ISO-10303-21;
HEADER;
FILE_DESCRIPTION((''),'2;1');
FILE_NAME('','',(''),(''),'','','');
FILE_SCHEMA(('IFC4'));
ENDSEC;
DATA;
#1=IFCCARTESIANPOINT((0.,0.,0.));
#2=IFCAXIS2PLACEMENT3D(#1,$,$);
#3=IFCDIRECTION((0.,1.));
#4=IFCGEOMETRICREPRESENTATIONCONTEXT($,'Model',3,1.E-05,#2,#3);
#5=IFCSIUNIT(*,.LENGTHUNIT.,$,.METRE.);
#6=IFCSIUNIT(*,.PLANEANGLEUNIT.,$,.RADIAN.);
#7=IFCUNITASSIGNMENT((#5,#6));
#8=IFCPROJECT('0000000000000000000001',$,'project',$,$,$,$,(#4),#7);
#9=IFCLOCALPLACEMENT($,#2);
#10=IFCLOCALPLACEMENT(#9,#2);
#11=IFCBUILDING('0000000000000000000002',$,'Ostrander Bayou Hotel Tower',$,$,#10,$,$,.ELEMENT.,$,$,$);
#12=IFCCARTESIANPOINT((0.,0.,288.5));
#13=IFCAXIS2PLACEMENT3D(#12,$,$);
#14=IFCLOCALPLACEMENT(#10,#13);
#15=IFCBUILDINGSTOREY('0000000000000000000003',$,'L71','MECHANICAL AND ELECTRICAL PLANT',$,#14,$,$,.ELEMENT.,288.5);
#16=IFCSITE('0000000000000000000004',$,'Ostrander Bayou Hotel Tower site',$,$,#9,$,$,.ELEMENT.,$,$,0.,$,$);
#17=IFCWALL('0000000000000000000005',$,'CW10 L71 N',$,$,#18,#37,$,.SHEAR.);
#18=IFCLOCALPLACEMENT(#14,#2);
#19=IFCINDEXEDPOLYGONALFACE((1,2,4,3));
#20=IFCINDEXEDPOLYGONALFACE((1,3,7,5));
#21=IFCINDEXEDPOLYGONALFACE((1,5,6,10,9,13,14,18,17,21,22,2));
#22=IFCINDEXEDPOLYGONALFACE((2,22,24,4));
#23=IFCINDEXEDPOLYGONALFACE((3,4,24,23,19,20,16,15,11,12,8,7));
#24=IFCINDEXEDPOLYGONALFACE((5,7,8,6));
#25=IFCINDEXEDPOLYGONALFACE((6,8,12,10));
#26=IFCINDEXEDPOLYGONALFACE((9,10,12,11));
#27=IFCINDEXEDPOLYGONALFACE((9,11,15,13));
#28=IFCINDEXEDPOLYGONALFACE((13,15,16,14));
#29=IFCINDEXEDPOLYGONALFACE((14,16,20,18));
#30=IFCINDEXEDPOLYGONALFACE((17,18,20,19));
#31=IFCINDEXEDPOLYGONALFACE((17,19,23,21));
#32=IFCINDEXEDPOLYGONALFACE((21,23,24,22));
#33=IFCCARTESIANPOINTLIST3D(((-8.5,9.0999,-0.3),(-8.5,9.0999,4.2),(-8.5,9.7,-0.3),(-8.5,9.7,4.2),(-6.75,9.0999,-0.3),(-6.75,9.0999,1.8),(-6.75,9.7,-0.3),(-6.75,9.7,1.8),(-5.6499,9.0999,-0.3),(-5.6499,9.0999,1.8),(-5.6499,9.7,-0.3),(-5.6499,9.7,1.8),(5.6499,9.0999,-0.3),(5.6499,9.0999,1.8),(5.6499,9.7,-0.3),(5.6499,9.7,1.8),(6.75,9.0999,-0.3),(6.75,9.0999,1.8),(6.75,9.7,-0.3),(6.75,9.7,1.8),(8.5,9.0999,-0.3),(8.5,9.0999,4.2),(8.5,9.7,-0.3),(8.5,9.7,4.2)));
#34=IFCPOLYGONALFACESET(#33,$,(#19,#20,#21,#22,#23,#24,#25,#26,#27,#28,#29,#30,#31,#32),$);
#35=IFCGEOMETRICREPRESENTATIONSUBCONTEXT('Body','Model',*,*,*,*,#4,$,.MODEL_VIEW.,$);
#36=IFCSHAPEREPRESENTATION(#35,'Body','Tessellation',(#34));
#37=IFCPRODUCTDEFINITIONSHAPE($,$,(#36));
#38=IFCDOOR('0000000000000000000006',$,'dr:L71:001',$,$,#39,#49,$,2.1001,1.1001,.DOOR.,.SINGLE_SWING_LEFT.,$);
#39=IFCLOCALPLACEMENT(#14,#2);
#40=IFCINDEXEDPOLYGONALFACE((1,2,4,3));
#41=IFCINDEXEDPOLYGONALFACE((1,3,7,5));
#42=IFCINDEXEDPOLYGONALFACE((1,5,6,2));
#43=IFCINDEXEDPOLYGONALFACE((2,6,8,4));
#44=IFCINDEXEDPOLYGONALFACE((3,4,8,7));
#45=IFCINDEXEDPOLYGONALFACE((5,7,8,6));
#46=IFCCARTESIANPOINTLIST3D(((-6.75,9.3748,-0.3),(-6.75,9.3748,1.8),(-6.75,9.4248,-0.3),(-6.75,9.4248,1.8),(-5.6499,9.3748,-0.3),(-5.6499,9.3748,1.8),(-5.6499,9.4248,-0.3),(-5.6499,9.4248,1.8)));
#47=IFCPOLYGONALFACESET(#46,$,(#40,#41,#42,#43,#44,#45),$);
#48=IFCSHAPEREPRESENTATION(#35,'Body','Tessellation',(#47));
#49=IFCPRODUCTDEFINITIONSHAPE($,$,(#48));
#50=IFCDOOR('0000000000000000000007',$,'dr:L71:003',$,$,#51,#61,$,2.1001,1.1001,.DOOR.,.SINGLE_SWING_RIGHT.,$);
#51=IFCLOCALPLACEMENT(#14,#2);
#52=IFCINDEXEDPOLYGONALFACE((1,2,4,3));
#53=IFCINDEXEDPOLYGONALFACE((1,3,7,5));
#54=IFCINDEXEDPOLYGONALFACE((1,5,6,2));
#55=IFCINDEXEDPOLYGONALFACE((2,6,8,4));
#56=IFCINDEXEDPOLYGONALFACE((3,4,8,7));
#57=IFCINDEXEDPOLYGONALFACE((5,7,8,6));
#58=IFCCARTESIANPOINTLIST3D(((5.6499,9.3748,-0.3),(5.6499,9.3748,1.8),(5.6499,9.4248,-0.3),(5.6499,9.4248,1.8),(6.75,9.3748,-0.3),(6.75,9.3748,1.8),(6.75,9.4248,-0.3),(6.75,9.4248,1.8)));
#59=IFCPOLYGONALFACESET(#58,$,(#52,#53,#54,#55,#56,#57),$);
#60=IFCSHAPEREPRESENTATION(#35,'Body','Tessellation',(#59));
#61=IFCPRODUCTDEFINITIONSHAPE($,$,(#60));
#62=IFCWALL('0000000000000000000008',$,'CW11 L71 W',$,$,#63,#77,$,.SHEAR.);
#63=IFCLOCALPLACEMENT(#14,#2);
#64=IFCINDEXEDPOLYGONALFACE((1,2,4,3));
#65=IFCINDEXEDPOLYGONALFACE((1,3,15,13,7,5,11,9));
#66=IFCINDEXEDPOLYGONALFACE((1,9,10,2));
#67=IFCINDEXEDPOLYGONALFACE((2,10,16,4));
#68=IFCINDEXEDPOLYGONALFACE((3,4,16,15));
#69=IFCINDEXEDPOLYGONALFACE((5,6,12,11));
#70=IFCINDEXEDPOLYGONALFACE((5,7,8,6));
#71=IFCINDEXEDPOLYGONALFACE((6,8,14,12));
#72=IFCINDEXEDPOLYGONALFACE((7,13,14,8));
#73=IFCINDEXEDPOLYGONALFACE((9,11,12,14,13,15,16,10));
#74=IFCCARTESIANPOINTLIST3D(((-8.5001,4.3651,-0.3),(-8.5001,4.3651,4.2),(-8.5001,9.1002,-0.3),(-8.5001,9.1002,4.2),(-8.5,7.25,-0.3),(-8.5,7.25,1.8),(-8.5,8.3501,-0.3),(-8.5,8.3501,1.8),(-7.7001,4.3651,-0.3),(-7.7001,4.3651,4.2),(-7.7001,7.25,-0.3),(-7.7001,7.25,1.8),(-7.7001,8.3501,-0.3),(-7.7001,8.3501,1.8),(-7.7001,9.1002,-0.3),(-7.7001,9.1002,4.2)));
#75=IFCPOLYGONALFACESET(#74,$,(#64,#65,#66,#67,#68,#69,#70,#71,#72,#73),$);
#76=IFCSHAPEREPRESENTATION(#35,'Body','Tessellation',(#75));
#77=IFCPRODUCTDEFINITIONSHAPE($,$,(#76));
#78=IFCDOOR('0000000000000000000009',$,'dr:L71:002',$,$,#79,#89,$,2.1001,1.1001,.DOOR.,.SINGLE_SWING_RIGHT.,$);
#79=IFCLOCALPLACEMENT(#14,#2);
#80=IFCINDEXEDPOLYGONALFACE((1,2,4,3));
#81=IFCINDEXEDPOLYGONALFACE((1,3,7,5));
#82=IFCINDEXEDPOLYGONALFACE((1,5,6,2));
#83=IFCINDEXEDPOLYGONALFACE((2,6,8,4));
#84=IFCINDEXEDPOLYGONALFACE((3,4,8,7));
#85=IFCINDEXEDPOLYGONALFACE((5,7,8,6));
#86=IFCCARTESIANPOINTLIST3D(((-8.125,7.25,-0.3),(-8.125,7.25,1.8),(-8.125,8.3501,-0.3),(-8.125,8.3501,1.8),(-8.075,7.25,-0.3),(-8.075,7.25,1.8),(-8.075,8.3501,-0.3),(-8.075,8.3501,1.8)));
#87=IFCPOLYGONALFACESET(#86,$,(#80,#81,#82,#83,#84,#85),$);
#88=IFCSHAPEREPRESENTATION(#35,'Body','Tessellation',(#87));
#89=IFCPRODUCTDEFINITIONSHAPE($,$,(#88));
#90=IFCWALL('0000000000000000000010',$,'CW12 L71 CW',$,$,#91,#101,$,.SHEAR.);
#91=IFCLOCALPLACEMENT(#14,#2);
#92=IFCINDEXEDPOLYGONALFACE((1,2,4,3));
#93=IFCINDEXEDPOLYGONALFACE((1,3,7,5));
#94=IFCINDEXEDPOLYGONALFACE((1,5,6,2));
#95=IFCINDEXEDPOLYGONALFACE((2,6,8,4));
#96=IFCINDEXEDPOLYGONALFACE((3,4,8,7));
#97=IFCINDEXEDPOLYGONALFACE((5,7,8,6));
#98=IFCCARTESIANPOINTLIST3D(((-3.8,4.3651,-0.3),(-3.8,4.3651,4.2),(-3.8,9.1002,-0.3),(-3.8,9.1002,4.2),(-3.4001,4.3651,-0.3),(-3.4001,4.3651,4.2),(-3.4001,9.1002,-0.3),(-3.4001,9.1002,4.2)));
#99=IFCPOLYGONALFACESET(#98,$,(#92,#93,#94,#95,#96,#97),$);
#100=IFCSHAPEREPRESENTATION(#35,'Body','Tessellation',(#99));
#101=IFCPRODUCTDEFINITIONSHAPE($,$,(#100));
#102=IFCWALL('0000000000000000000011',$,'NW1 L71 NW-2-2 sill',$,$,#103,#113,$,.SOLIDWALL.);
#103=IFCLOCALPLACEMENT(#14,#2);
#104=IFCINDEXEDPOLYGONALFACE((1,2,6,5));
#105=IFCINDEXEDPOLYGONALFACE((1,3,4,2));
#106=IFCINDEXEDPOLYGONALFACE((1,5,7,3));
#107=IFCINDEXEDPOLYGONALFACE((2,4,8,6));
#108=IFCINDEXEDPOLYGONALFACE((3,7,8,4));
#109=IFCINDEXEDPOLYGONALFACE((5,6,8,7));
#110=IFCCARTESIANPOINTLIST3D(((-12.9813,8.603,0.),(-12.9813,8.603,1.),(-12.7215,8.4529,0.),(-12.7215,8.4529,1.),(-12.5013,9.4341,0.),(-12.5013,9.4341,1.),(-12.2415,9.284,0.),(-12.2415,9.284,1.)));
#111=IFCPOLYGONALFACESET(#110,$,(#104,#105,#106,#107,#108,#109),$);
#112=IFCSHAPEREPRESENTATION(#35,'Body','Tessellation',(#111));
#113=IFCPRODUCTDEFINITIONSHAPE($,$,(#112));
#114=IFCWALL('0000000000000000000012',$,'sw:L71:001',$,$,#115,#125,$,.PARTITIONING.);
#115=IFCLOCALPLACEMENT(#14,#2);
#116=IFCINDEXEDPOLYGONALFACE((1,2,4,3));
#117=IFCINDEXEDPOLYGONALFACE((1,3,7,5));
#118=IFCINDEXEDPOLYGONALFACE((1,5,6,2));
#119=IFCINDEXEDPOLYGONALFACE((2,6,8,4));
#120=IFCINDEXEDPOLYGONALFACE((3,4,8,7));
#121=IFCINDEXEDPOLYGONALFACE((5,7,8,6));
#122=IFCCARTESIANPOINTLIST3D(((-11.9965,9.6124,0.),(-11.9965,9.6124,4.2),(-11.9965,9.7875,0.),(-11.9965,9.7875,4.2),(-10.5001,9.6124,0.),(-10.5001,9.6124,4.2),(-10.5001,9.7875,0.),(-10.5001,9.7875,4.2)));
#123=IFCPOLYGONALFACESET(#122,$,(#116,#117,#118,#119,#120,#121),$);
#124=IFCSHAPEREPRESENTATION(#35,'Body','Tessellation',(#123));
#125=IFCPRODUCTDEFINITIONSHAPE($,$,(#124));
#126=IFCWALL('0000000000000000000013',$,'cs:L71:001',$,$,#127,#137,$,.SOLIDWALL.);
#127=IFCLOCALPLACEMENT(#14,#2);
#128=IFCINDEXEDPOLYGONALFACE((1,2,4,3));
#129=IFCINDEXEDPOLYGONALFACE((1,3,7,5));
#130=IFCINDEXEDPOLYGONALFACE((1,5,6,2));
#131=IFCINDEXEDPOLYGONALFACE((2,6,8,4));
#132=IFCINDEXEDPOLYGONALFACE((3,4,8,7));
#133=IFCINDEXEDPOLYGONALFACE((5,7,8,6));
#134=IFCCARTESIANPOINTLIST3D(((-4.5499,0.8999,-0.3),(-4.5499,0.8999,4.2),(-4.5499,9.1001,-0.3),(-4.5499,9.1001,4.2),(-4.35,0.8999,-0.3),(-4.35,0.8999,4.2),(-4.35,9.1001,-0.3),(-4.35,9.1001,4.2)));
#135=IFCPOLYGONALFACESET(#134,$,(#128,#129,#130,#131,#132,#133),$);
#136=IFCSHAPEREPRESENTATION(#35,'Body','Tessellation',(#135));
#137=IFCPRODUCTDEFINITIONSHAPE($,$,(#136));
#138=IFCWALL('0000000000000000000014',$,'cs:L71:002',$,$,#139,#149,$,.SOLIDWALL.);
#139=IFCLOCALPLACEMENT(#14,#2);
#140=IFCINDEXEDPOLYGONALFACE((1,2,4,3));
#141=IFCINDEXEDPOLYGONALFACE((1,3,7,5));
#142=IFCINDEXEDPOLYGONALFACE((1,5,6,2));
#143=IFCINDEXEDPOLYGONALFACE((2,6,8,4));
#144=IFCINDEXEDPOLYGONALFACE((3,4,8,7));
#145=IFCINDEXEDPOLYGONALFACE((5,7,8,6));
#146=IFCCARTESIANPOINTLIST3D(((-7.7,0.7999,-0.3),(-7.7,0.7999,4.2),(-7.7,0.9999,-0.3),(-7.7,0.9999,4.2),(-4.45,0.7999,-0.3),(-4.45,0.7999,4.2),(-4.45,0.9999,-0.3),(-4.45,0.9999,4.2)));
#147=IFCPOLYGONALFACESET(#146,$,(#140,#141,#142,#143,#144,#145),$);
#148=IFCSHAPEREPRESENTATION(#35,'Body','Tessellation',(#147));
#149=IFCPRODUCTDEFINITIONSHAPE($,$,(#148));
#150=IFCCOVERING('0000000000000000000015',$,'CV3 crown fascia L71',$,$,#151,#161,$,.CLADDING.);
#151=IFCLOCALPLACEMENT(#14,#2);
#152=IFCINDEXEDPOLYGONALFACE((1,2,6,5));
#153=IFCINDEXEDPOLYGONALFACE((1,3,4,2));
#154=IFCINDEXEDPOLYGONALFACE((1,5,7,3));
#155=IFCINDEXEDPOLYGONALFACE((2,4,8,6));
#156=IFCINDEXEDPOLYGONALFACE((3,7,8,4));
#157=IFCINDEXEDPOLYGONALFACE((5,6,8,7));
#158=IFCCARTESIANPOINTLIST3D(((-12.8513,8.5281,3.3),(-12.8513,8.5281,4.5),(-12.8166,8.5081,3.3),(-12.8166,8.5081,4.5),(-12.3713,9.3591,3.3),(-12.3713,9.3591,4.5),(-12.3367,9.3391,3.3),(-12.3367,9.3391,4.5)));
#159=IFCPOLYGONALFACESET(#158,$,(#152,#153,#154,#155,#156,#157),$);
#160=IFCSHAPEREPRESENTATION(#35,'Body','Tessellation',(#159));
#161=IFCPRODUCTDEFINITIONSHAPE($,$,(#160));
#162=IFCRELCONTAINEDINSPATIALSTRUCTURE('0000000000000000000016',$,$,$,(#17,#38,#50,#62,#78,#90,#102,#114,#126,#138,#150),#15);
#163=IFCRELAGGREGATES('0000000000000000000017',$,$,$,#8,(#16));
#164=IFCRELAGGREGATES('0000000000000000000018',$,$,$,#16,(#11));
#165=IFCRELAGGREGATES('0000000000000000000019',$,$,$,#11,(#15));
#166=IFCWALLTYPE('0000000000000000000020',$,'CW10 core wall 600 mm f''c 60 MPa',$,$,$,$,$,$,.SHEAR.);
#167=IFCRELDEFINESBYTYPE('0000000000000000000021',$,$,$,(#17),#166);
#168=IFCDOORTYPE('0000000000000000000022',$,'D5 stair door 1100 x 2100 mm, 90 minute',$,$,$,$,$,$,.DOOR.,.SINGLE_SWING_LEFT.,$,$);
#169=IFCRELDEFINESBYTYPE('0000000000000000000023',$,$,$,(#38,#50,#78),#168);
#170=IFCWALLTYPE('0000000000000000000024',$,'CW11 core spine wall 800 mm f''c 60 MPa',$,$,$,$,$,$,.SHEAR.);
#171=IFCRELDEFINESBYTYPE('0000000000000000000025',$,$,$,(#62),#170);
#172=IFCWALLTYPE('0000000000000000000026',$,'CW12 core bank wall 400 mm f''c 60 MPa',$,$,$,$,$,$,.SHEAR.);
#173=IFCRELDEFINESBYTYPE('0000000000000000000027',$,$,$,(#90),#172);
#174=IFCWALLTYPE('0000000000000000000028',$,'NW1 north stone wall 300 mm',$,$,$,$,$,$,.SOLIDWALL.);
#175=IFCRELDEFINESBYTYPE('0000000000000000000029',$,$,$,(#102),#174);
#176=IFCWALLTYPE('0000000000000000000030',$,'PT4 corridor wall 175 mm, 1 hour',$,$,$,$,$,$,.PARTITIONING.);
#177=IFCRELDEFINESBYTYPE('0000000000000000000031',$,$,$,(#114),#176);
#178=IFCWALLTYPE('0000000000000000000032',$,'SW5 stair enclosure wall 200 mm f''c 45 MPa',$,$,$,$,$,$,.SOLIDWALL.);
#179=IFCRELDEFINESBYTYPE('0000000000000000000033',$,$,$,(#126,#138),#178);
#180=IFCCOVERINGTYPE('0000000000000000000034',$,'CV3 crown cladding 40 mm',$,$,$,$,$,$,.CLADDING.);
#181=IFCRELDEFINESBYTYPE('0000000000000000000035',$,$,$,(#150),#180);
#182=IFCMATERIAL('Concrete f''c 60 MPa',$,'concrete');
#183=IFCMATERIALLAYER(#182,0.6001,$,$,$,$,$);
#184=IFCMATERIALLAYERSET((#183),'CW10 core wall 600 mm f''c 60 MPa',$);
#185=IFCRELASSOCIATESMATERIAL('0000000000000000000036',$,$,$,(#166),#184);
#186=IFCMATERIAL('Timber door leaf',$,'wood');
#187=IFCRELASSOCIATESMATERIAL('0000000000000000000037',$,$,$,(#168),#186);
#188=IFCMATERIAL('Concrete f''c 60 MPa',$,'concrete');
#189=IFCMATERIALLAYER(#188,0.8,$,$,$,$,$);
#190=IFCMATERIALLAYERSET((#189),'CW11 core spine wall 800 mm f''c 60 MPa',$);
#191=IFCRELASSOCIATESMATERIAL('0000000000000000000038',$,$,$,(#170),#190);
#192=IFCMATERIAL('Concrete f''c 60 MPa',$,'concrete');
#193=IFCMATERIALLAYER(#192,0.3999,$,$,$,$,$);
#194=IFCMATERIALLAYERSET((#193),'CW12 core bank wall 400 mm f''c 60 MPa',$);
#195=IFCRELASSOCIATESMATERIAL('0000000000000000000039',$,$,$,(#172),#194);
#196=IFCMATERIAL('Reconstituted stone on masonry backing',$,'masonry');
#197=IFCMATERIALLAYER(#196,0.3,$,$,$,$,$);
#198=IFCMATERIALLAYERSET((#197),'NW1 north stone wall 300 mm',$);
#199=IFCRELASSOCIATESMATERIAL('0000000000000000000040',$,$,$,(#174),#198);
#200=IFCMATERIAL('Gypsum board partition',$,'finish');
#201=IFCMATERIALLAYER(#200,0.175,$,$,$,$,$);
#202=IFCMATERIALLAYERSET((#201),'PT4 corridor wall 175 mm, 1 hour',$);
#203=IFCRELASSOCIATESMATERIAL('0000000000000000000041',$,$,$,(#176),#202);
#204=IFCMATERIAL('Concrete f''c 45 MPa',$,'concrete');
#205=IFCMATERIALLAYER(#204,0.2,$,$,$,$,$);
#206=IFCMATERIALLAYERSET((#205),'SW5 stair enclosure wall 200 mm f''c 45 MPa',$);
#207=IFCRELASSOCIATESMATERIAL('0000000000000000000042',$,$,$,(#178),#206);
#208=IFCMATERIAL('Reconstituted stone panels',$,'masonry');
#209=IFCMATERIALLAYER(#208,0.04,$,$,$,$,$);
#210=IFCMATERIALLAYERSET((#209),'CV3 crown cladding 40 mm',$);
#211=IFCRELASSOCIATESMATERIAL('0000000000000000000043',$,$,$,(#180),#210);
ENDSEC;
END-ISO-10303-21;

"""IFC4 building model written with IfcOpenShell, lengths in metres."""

from ifc_helpers import new_model, si_unit, direction, frame, frame_2d, origin, place, context, subcontext, project, spatial, polyline, rectangle, outline, extrude, material, layer, layer_set, type_object, element, fill, save


model = new_model("IFC4")

# Units and contexts
model_context = context("Model", 3, precision=1e-05, world=origin(), true_north=direction((0.0, 1.0)))
body_context = subcontext(model_context, "Body", "Model", "MODEL_VIEW")
ifc_project = project(units=[si_unit("LENGTHUNIT", "METRE"), si_unit("PLANEANGLEUNIT", "RADIAN")], contexts=[model_context])

# Site, building, storey
site_placement = place(None, origin())
site = spatial("IfcSite", under=ifc_project, at=site_placement, Name="Ostrander Bayou Hotel Tower site", CompositionType="ELEMENT", RefElevation=0.0)
building_placement = place(site_placement, origin())
building = spatial("IfcBuilding", under=site, at=building_placement, Name="Ostrander Bayou Hotel Tower", CompositionType="ELEMENT")
storey_placement = place(building_placement, frame((0.0, 0.0, 288.5)))
storey = spatial("IfcBuildingStorey", under=building, at=storey_placement, Name="L71", Description="MECHANICAL AND ELECTRICAL PLANT", CompositionType="ELEMENT", Elevation=288.5)

# Wall, openings, doors
ifc_material_1 = material(Name="Concrete f'c 60 MPa", Category="concrete")
ifc_layer_1 = layer(ifc_material_1, 0.6001)
ifc_layer_set_1 = layer_set([ifc_layer_1], Name="CW10 core wall 600 mm f'c 60 MPa")
wall_type_1 = type_object("IfcWallType", Name="CW10 core wall 600 mm f'c 60 MPa", PredefinedType="SHEAR", material=ifc_layer_set_1)
wall_1_placement = place(storey_placement, frame((-8.5, 9.3999, -0.3), z_axis=(0.0, 0.0, 1.0), x_axis=(1.0, 0.0, 0.0)))
wall_1 = element("IfcWall", 1, at=wall_1_placement, inside=storey, type_object=wall_type_1, Name="CW10 L71 N", PredefinedType="SHEAR", context=body_context, shape_type="SweptSolid", body=[
    extrude(rectangle(XDim=17.0, YDim=0.6001, at=frame_2d((8.5, 0.0))), origin(), (0.0, 0.0, 1.0), 4.5),
])
opening_1_placement = place(wall_1_placement, frame((1.75, 0.0, 0.0)))
opening_1 = element("IfcOpeningElement", 2, at=opening_1_placement, cuts=wall_1, PredefinedType="OPENING", context=body_context, shape_type="SweptSolid", body=[
    extrude(rectangle(XDim=1.1001, YDim=2.1001, at=frame_2d((0.55, 1.05))), frame((0.0, 0.3, 0.0), z_axis=(0.0, -1.0, 0.0), x_axis=(1.0, 0.0, 0.0)), (0.0, 0.0, 1.0), 0.6001),
])
opening_2_placement = place(wall_1_placement, frame((14.1499, 0.0, 0.0)))
opening_2 = element("IfcOpeningElement", 3, at=opening_2_placement, cuts=wall_1, PredefinedType="OPENING", context=body_context, shape_type="SweptSolid", body=[
    extrude(rectangle(XDim=1.1001, YDim=2.1001, at=frame_2d((0.55, 1.05))), frame((0.0, 0.3, 0.0), z_axis=(0.0, -1.0, 0.0), x_axis=(1.0, 0.0, 0.0)), (0.0, 0.0, 1.0), 0.6001),
])
ifc_material_2 = material(Name="Timber door leaf", Category="wood")
door_type_1 = type_object("IfcDoorType", Name="D5 stair door 1100 x 2100 mm, 90 minute", OperationType="SINGLE_SWING_LEFT", PredefinedType="DOOR", material=ifc_material_2)
door_1_placement = place(opening_1_placement, origin())
door_1 = element("IfcDoor", 4, at=door_1_placement, inside=storey, type_object=door_type_1, Name="dr:L71:001", OperationType="SINGLE_SWING_LEFT", OverallHeight=2.1001, OverallWidth=1.1001, PredefinedType="DOOR", context=body_context, shape_type="SweptSolid", body=[
    extrude(rectangle(XDim=1.1001, YDim=2.1001, at=frame_2d((0.55, 1.05))), frame((0.0, 0.0249, 0.0), z_axis=(0.0, -1.0, 0.0), x_axis=(1.0, 0.0, 0.0)), (0.0, 0.0, 1.0), 0.05),
])
fill(opening_1, door_1)
door_2_placement = place(opening_2_placement, origin())
door_2 = element("IfcDoor", 5, at=door_2_placement, inside=storey, type_object=door_type_1, Name="dr:L71:003", OperationType="SINGLE_SWING_RIGHT", OverallHeight=2.1001, OverallWidth=1.1001, PredefinedType="DOOR", context=body_context, shape_type="SweptSolid", body=[
    extrude(rectangle(XDim=1.1001, YDim=2.1001, at=frame_2d((0.55, 1.05))), frame((0.0, 0.0249, 0.0), z_axis=(0.0, -1.0, 0.0), x_axis=(1.0, 0.0, 0.0)), (0.0, 0.0, 1.0), 0.05),
])
fill(opening_2, door_2)

# Wall, opening, door
ifc_material_3 = material(Name="Concrete f'c 60 MPa", Category="concrete")
ifc_layer_2 = layer(ifc_material_3, 0.8)
ifc_layer_set_2 = layer_set([ifc_layer_2], Name="CW11 core spine wall 800 mm f'c 60 MPa")
wall_type_2 = type_object("IfcWallType", Name="CW11 core spine wall 800 mm f'c 60 MPa", PredefinedType="SHEAR", material=ifc_layer_set_2)
wall_2_placement = place(storey_placement, frame((-8.1001, 4.365, -0.3), z_axis=(0.0, 0.0, 1.0), x_axis=(0.0, 1.0, 0.0)))
wall_2 = element("IfcWall", 6, at=wall_2_placement, inside=storey, type_object=wall_type_2, Name="CW11 L71 W", PredefinedType="SHEAR", context=body_context, shape_type="SweptSolid", body=[
    extrude(rectangle(XDim=4.7351, YDim=0.8, at=frame_2d((2.3677, 0.0))), origin(), (0.0, 0.0, 1.0), 4.5),
])
opening_3_placement = place(wall_2_placement, frame((2.885, 0.0, 0.0)))
opening_3 = element("IfcOpeningElement", 7, at=opening_3_placement, cuts=wall_2, PredefinedType="OPENING", context=body_context, shape_type="SweptSolid", body=[
    extrude(rectangle(XDim=1.1001, YDim=2.1001, at=frame_2d((0.55, 1.05))), frame((0.0, 0.3999, 0.0), z_axis=(0.0, -1.0, 0.0), x_axis=(1.0, 0.0, 0.0)), (0.0, 0.0, 1.0), 0.8),
])
door_3_placement = place(opening_3_placement, origin())
door_3 = element("IfcDoor", 8, at=door_3_placement, inside=storey, type_object=door_type_1, Name="dr:L71:002", OperationType="SINGLE_SWING_RIGHT", OverallHeight=2.1001, OverallWidth=1.1001, PredefinedType="DOOR", context=body_context, shape_type="SweptSolid", body=[
    extrude(rectangle(XDim=1.1001, YDim=2.1001, at=frame_2d((0.55, 1.05))), frame((0.0, 0.0249, 0.0), z_axis=(0.0, -1.0, 0.0), x_axis=(1.0, 0.0, 0.0)), (0.0, 0.0, 1.0), 0.05),
])
fill(opening_3, door_3)

# Walls
ifc_material_4 = material(Name="Concrete f'c 60 MPa", Category="concrete")
ifc_layer_3 = layer(ifc_material_4, 0.3999)
ifc_layer_set_3 = layer_set([ifc_layer_3], Name="CW12 core bank wall 400 mm f'c 60 MPa")
wall_type_3 = type_object("IfcWallType", Name="CW12 core bank wall 400 mm f'c 60 MPa", PredefinedType="SHEAR", material=ifc_layer_set_3)
wall_3_placement = place(storey_placement, frame((-3.6001, 4.365, -0.3), z_axis=(0.0, 0.0, 1.0), x_axis=(0.0, 1.0, 0.0)))
element("IfcWall", 9, at=wall_3_placement, inside=storey, type_object=wall_type_3, Name="CW12 L71 CW", PredefinedType="SHEAR", context=body_context, shape_type="SweptSolid", body=[
    extrude(rectangle(XDim=4.7351, YDim=0.3999, at=frame_2d((2.3677, 0.0))), origin(), (0.0, 0.0, 1.0), 4.5),
])
ifc_material_5 = material(Name="Reconstituted stone on masonry backing", Category="masonry")
ifc_layer_4 = layer(ifc_material_5, 0.3)
ifc_layer_set_4 = layer_set([ifc_layer_4], Name="NW1 north stone wall 300 mm")
wall_type_4 = type_object("IfcWallType", Name="NW1 north stone wall 300 mm", PredefinedType="SOLIDWALL", material=ifc_layer_set_4)
wall_4_placement = place(storey_placement, frame((-12.3713, 9.3591, 0.0), z_axis=(0.0, 0.0, 1.0), x_axis=(-0.500133, -0.865948, 0.0)))
element("IfcWall", 10, at=wall_4_placement, inside=storey, type_object=wall_type_4, Name="NW1 L71 NW-2-2 sill", PredefinedType="SOLIDWALL", context=body_context, shape_type="SweptSolid", body=[
    extrude(rectangle(XDim=0.9597, YDim=0.3, at=frame_2d((0.48, 0.0))), origin(), (0.0, 0.0, 1.0), 1.0),
])
ifc_material_6 = material(Name="Gypsum board partition", Category="finish")
ifc_layer_5 = layer(ifc_material_6, 0.175)
ifc_layer_set_5 = layer_set([ifc_layer_5], Name="PT4 corridor wall 175 mm, 1 hour")
wall_type_5 = type_object("IfcWallType", Name="PT4 corridor wall 175 mm, 1 hour", PredefinedType="PARTITIONING", material=ifc_layer_set_5)
wall_5_placement = place(storey_placement, frame((-11.9963, 9.7, 0.0), z_axis=(0.0, 0.0, 1.0), x_axis=(1.0, 0.0, 0.0)))
element("IfcWall", 11, at=wall_5_placement, inside=storey, type_object=wall_type_5, Name="sw:L71:001", PredefinedType="PARTITIONING", context=body_context, shape_type="SweptSolid", body=[
    extrude(rectangle(XDim=1.4963, YDim=0.175, at=frame_2d((0.748, 0.0))), origin(), (0.0, 0.0, 1.0), 4.2),
])

# Walls
ifc_material_7 = material(Name="Concrete f'c 45 MPa", Category="concrete")
ifc_layer_6 = layer(ifc_material_7, 0.2)
ifc_layer_set_6 = layer_set([ifc_layer_6], Name="SW5 stair enclosure wall 200 mm f'c 45 MPa")
wall_type_6 = type_object("IfcWallType", Name="SW5 stair enclosure wall 200 mm f'c 45 MPa", PredefinedType="SOLIDWALL", material=ifc_layer_set_6)
wall_6_placement = place(storey_placement, frame((-4.45, 0.8999, -0.3), z_axis=(0.0, 0.0, 1.0), x_axis=(0.0, 1.0, 0.0)))
element("IfcWall", 12, at=wall_6_placement, inside=storey, type_object=wall_type_6, Name="cs:L71:001", PredefinedType="SOLIDWALL", context=body_context, shape_type="SweptSolid", body=[
    extrude(rectangle(XDim=8.2002, YDim=0.2, at=frame_2d((4.1001, 0.0))), origin(), (0.0, 0.0, 1.0), 4.5),
])
wall_7_placement = place(storey_placement, frame((-7.7, 0.8999, -0.3), z_axis=(0.0, 0.0, 1.0), x_axis=(1.0, 0.0, 0.0)))
element("IfcWall", 13, at=wall_7_placement, inside=storey, type_object=wall_type_6, Name="cs:L71:002", PredefinedType="SOLIDWALL", context=body_context, shape_type="SweptSolid", body=[
    extrude(rectangle(XDim=3.25, YDim=0.2, at=frame_2d((1.625, 0.0))), origin(), (0.0, 0.0, 1.0), 4.5),
])

# Covering
ifc_material_8 = material(Name="Reconstituted stone panels", Category="masonry")
ifc_layer_7 = layer(ifc_material_8, 0.04)
ifc_layer_set_7 = layer_set([ifc_layer_7], Name="CV3 crown cladding 40 mm")
covering_type = type_object("IfcCoveringType", Name="CV3 crown cladding 40 mm", PredefinedType="CLADDING", material=ifc_layer_set_7)
covering_placement = place(storey_placement, frame((-12.3713, 9.3591, 3.3), z_axis=(-0.865948, 0.500133, 0.0), x_axis=(-0.500133, -0.865948, 0.0)))
element("IfcCovering", 14, at=covering_placement, inside=storey, type_object=covering_type, Name="CV3 crown fascia L71", PredefinedType="CLADDING", context=body_context, shape_type="SweptSolid", body=[
    extrude(outline(polyline([(0.0, 0.0), (0.9597, 0.0), (0.9597, 1.2), (0.0, 1.2), (0.0, 0.0)])), origin(), (0.0, 0.0, -1.0), 0.04),
])

save(model, "model.ifc")
